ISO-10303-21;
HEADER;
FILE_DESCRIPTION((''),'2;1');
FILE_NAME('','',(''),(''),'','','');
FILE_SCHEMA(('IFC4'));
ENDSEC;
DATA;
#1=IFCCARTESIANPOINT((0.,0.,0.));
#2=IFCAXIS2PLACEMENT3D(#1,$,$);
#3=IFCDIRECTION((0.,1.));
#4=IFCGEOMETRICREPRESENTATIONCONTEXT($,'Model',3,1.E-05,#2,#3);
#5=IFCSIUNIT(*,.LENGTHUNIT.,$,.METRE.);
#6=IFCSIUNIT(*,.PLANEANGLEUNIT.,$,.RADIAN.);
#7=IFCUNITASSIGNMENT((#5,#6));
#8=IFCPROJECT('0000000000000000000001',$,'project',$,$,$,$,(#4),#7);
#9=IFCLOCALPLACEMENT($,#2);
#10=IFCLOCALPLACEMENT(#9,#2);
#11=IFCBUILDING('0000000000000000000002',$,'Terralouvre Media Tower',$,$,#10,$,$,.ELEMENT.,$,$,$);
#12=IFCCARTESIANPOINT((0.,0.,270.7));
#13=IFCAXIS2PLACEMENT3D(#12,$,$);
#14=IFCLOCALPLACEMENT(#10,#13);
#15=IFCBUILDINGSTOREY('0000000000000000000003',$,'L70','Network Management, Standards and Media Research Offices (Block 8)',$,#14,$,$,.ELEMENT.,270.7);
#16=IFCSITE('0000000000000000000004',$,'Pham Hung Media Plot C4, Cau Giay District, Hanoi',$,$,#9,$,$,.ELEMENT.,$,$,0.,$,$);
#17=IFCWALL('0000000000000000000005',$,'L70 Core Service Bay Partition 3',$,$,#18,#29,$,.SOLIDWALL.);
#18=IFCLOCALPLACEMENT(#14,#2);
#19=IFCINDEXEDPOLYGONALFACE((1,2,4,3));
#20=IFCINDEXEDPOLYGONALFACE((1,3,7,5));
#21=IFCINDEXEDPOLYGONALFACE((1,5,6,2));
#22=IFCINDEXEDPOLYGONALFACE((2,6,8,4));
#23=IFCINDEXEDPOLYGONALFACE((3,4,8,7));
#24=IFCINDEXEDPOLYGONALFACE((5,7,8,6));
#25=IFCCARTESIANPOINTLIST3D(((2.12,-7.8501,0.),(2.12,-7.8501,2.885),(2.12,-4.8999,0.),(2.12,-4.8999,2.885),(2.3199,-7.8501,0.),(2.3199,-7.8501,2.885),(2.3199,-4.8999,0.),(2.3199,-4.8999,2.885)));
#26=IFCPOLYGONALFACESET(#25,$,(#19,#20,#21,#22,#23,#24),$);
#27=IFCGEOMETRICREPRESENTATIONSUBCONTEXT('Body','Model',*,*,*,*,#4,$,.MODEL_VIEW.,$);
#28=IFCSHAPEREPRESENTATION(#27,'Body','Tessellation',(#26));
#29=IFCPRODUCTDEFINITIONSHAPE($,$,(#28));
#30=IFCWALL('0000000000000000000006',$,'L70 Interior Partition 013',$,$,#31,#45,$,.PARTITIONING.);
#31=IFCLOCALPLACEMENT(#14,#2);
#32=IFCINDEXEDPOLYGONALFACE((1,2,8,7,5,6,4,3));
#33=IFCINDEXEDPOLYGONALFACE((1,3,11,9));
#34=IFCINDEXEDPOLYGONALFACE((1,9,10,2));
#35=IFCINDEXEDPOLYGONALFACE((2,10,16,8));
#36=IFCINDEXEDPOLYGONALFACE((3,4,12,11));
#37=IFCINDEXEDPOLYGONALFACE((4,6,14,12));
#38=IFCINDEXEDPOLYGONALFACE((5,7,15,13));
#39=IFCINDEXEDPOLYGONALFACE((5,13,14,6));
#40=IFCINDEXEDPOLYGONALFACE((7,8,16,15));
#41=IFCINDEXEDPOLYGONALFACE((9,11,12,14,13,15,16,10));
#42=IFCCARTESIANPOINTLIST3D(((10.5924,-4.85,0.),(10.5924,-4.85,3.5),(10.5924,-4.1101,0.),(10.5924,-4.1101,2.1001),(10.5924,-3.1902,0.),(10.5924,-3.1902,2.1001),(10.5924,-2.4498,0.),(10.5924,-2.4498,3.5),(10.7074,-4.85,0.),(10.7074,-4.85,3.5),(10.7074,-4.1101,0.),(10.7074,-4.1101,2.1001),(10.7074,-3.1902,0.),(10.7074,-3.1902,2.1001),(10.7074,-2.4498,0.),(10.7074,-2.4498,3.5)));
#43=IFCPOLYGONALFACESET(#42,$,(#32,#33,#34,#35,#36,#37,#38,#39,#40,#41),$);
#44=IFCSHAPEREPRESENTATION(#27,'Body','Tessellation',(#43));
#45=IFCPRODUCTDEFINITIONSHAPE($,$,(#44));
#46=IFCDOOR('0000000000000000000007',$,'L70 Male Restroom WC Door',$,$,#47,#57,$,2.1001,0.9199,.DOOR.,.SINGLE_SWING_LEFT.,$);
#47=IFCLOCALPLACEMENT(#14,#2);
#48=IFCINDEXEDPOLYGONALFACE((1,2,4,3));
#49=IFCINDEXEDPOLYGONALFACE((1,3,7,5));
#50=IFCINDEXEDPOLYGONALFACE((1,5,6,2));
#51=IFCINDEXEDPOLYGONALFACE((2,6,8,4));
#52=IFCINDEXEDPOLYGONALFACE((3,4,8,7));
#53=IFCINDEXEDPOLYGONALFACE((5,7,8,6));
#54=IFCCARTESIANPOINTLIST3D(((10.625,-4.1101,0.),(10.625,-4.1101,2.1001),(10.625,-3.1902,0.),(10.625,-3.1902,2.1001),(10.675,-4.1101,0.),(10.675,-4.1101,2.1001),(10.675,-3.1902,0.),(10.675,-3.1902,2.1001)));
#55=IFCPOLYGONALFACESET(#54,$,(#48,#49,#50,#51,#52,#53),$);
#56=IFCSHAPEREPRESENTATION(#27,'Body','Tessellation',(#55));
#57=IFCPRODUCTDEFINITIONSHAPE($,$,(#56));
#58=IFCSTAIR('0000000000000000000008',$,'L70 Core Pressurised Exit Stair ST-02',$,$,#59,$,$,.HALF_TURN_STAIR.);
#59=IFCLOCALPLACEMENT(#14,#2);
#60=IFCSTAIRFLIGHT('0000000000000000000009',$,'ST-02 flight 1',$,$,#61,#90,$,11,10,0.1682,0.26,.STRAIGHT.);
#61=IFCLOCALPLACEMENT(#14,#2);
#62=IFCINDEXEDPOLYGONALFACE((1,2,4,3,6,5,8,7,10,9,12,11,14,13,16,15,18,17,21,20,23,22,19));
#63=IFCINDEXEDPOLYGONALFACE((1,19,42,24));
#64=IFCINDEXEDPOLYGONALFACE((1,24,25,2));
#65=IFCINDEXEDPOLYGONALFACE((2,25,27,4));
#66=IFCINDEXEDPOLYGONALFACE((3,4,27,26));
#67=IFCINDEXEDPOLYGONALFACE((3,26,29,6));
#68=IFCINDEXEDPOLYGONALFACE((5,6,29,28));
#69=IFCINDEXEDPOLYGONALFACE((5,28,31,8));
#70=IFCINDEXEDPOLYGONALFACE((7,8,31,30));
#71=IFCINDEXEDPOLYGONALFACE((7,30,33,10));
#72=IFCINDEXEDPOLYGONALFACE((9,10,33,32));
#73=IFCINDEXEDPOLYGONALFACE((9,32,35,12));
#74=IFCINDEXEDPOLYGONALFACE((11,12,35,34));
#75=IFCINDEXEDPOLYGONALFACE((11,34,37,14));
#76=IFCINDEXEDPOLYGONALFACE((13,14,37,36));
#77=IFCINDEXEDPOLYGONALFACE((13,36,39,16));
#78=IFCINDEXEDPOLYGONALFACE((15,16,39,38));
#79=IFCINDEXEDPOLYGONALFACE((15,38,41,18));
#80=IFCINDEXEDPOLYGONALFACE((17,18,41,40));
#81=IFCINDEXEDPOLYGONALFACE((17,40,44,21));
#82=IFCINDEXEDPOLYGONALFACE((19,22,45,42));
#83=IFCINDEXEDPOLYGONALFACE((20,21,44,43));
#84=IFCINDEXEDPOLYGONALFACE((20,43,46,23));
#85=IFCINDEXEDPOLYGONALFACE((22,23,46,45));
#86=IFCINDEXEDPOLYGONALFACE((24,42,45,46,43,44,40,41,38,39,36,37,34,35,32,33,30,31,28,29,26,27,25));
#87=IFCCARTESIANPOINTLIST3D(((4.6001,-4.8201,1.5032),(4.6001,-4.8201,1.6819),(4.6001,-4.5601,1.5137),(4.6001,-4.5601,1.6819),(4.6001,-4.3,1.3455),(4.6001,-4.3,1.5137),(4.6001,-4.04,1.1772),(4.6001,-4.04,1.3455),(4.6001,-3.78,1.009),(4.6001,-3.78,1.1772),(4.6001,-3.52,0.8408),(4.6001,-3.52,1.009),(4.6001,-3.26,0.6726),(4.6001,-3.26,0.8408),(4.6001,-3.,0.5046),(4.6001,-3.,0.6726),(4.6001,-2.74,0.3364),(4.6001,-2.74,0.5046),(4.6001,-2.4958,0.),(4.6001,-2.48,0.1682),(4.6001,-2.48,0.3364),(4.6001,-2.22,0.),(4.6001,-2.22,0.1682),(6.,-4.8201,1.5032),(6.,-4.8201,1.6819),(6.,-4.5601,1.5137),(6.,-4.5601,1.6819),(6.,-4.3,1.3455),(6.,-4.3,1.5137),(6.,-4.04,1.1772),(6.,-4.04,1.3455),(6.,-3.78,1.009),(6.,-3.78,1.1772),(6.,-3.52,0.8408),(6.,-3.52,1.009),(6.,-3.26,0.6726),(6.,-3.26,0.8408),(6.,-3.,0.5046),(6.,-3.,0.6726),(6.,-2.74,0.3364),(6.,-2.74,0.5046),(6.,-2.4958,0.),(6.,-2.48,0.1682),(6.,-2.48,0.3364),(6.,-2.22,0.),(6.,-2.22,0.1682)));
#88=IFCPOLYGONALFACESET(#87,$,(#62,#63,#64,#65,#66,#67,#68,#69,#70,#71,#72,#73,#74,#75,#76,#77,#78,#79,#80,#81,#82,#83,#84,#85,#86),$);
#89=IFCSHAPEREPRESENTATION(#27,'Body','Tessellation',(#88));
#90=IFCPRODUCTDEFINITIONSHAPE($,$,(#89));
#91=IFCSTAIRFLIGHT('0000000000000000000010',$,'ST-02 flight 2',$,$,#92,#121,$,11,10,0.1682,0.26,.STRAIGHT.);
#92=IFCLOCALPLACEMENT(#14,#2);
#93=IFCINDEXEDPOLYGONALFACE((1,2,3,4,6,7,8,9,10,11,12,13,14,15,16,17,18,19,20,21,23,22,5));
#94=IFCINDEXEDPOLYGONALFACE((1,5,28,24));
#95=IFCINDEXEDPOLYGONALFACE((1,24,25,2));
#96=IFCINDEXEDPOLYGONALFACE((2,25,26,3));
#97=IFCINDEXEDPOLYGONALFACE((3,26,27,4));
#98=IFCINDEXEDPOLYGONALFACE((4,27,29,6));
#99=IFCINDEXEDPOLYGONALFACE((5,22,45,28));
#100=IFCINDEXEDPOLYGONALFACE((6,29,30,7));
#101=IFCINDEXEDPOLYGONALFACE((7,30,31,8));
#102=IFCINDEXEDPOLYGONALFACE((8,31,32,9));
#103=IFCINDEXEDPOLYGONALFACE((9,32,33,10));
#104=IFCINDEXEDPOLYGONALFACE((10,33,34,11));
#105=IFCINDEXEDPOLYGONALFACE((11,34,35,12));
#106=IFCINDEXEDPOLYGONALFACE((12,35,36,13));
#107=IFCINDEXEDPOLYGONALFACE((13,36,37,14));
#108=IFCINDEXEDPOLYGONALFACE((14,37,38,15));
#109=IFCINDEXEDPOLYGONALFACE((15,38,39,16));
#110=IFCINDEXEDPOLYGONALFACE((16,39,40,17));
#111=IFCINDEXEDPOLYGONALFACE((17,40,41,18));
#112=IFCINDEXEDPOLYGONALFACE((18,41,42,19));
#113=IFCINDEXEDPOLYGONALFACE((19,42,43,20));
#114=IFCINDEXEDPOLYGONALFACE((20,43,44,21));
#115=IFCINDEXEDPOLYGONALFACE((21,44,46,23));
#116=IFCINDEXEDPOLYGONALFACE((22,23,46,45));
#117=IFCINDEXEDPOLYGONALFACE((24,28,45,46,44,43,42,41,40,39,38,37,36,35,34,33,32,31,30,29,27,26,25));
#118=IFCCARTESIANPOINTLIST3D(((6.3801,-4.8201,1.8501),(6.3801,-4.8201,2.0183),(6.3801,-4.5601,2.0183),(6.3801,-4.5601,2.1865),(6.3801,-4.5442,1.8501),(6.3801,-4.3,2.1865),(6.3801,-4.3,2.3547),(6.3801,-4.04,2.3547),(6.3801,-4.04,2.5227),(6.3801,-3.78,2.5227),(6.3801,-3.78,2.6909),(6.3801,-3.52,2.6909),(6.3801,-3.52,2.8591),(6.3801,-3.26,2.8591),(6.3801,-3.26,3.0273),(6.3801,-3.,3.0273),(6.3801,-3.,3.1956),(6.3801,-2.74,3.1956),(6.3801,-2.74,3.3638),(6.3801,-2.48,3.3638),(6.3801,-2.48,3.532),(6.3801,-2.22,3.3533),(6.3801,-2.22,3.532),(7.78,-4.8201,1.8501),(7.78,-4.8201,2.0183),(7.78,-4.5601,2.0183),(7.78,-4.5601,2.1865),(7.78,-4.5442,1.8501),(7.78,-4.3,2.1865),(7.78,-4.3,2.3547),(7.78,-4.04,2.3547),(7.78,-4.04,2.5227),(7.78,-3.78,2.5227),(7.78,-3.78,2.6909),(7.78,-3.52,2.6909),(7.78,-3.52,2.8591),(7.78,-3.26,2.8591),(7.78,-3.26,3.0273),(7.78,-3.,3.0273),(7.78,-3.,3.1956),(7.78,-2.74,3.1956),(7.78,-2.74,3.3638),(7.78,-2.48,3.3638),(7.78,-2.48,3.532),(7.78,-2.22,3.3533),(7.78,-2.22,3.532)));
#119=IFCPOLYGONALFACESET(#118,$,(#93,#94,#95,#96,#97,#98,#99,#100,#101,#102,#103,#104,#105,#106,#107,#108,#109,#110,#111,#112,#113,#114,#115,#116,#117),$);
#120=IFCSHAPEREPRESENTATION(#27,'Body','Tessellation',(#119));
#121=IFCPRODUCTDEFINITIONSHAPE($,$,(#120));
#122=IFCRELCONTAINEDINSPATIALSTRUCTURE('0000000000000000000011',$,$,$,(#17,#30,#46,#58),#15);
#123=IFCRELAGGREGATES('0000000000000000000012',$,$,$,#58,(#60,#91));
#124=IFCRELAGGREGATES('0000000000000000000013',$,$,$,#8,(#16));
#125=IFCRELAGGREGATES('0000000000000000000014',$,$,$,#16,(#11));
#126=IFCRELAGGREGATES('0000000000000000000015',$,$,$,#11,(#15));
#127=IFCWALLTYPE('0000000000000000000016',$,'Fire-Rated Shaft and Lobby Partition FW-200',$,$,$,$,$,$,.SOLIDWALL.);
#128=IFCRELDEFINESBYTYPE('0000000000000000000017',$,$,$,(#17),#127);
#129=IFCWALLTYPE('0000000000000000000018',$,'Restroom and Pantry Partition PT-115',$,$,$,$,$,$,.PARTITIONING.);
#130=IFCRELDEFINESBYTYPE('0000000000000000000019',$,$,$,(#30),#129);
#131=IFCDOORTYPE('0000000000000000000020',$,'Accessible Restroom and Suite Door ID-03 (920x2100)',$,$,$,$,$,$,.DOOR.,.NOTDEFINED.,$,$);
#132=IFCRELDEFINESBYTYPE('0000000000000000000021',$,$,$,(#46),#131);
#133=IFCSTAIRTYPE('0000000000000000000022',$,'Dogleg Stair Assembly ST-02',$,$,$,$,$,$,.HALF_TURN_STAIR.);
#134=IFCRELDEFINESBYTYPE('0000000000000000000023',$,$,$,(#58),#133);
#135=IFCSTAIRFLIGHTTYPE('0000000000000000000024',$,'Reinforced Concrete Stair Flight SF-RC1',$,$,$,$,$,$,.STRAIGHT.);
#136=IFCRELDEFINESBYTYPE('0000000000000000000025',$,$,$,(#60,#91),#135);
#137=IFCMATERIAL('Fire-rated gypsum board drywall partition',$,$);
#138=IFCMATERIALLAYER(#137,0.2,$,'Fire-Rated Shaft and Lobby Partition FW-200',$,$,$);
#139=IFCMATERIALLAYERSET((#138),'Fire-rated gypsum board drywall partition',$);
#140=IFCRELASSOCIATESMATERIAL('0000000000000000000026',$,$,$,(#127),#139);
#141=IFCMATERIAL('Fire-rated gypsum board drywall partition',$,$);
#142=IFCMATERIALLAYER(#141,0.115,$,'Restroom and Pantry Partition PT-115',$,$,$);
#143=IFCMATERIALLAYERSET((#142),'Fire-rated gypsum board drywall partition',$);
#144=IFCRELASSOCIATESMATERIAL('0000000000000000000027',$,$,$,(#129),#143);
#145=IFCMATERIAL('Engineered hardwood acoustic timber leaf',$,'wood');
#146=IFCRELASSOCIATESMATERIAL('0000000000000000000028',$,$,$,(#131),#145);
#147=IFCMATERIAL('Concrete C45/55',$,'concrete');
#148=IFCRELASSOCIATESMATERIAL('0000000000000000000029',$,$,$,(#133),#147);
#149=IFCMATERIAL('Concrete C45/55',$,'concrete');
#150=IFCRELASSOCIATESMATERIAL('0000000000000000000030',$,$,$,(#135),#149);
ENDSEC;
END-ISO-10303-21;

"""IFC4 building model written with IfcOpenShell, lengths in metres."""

from ifc_helpers import new_model, si_unit, direction, frame, frame_2d, origin, place, context, subcontext, project, spatial, polyline, rectangle, outline, extrude, material, layer, layer_set, type_object, element, fill, aggregate, save


model = new_model("IFC4")

# Units and contexts
model_context = context("Model", 3, precision=1e-05, world=origin(), true_north=direction((0.0, 1.0)))
body_context = subcontext(model_context, "Body", "Model", "MODEL_VIEW")
ifc_project = project(units=[si_unit("LENGTHUNIT", "METRE"), si_unit("PLANEANGLEUNIT", "RADIAN")], contexts=[model_context])

# Site, building, storey
site_placement = place(None, origin())
site = spatial("IfcSite", under=ifc_project, at=site_placement, Name="Pham Hung Media Plot C4, Cau Giay District, Hanoi", CompositionType="ELEMENT", RefElevation=0.0)
building_placement = place(site_placement, origin())
building = spatial("IfcBuilding", under=site, at=building_placement, Name="Terralouvre Media Tower", CompositionType="ELEMENT")
storey_placement = place(building_placement, frame((0.0, 0.0, 270.7)))
storey = spatial("IfcBuildingStorey", under=building, at=storey_placement, Name="L70", Description="Network Management, Standards and Media Research Offices (Block 8)", CompositionType="ELEMENT", Elevation=270.7)

# Wall
ifc_material_1 = material(Name="Fire-rated gypsum board drywall partition")
ifc_layer_1 = layer(ifc_material_1, 0.2, Name="Fire-Rated Shaft and Lobby Partition FW-200")
ifc_layer_set_1 = layer_set([ifc_layer_1], Name="Fire-rated gypsum board drywall partition")
wall_type_1 = type_object("IfcWallType", Name="Fire-Rated Shaft and Lobby Partition FW-200", PredefinedType="SOLIDWALL", material=ifc_layer_set_1)
for number, where, z_axis, x_axis, name in (
    (1, (2.22, -7.8501, 0.0), (0.0, 0.0, 1.0), (0.0, 1.0, 0.0), "L70 Core Service Bay Partition 3"),
):
    element("IfcWall", number, at=place(storey_placement, frame(where, z_axis=z_axis, x_axis=x_axis)), inside=storey, type_object=wall_type_1, Name=name, PredefinedType="SOLIDWALL", context=body_context, shape_type="SweptSolid", body=[
        extrude(rectangle(XDim=2.9502, YDim=0.2, at=frame_2d((1.4751, 0.0))), origin(), (0.0, 0.0, 1.0), 2.885),
    ])

# Wall, opening, door
ifc_material_2 = material(Name="Fire-rated gypsum board drywall partition")
ifc_layer_2 = layer(ifc_material_2, 0.115, Name="Restroom and Pantry Partition PT-115")
ifc_layer_set_2 = layer_set([ifc_layer_2], Name="Fire-rated gypsum board drywall partition")
wall_type_2 = type_object("IfcWallType", Name="Restroom and Pantry Partition PT-115", PredefinedType="PARTITIONING", material=ifc_layer_set_2)
wall_1_placement = place(storey_placement, frame((10.6499, -4.8501, 0.0), z_axis=(0.0, 0.0, 1.0), x_axis=(0.0, 1.0, 0.0)))
wall_1 = element("IfcWall", 2, at=wall_1_placement, inside=storey, type_object=wall_type_2, Name="L70 Interior Partition 013", PredefinedType="PARTITIONING", context=body_context, shape_type="SweptSolid", body=[
    extrude(rectangle(XDim=2.4001, YDim=0.115, at=frame_2d((1.2002, 0.0))), origin(), (0.0, 0.0, 1.0), 3.5),
])
opening_1_placement = place(wall_1_placement, frame((0.74, 0.0, 0.0)))
opening_1 = element("IfcOpeningElement", 3, at=opening_1_placement, cuts=wall_1, PredefinedType="OPENING", context=body_context, shape_type="SweptSolid", body=[
    extrude(rectangle(XDim=0.9199, YDim=2.1001, at=frame_2d((0.46, 1.05))), frame((0.0, 0.0674, 0.0), z_axis=(0.0, -1.0, 0.0), x_axis=(1.0, 0.0, 0.0)), (0.0, 0.0, 1.0), 0.135),
])
ifc_material_3 = material(Name="Engineered hardwood acoustic timber leaf", Category="wood")
door_type_1 = type_object("IfcDoorType", Name="Accessible Restroom and Suite Door ID-03 (920x2100)", OperationType="NOTDEFINED", PredefinedType="DOOR", material=ifc_material_3)
door_1_placement = place(opening_1_placement, origin())
door_1 = element("IfcDoor", 4, at=door_1_placement, inside=storey, type_object=door_type_1, Name="L70 Male Restroom WC Door", OperationType="SINGLE_SWING_LEFT", OverallHeight=2.1001, OverallWidth=0.9199, PredefinedType="DOOR", context=body_context, shape_type="SweptSolid", body=[
    extrude(rectangle(XDim=0.9199, YDim=2.1001, at=frame_2d((0.46, 1.05))), frame((0.0, 0.0249, 0.0), z_axis=(0.0, -1.0, 0.0), x_axis=(1.0, 0.0, 0.0)), (0.0, 0.0, 1.0), 0.05),
])
fill(opening_1, door_1)

# Stair, stair flights
ifc_material_4 = material(Name="Concrete C45/55", Category="concrete")
stair_type = type_object("IfcStairType", Name="Dogleg Stair Assembly ST-02", PredefinedType="HALF_TURN_STAIR", material=ifc_material_4)
stair_placement = place(storey_placement, origin())
stair = element("IfcStair", 5, at=stair_placement, inside=storey, type_object=stair_type, Name="L70 Core Pressurised Exit Stair ST-02", PredefinedType="HALF_TURN_STAIR")
ifc_material_5 = material(Name="Concrete C45/55", Category="concrete")
stair_flight_type = type_object("IfcStairFlightType", Name="Reinforced Concrete Stair Flight SF-RC1", PredefinedType="STRAIGHT", material=ifc_material_5)
stair_flight_1_placement = place(storey_placement, frame((5.3, -2.22, 0.0), z_axis=(0.0, 0.0, 1.0), x_axis=(0.0, -1.0, 0.0)))
stair_flight_1 = element("IfcStairFlight", 6, at=stair_flight_1_placement, type_object=stair_flight_type, Name="ST-02 flight 1", NumberOfRisers=11, NumberOfTreads=10, PredefinedType="STRAIGHT", RiserHeight=0.1682, TreadLength=0.26, context=body_context, shape_type="SweptSolid", body=[
    extrude(outline(polyline([(0.0, 0.0), (0.0, 0.1682), (0.26, 0.1682), (0.26, 0.3364), (0.52, 0.3364), (0.52, 0.5046), (0.78, 0.5046), (0.78, 0.6726), (1.04, 0.6726), (1.04, 0.8408), (1.3, 0.8408), (1.3, 1.009), (1.5601, 1.009), (1.5601, 1.1772), (1.8201, 1.1772), (1.8201, 1.3455), (2.0801, 1.3455), (2.0801, 1.5137), (2.3401, 1.5137), (2.3401, 1.6819), (2.6001, 1.6819), (2.6001, 1.8501), (2.6001, 1.5032), (0.2759, 0.0), (0.0, 0.0)])), frame((0.0, 0.7, 0.0), z_axis=(0.0, -1.0, 0.0), x_axis=(1.0, 0.0, 0.0)), (0.0, 0.0, 1.0), 1.3999),
])
stair_flight_2_placement = place(storey_placement, frame((7.0801, -4.8201, 1.8501), z_axis=(0.0, 0.0, 1.0), x_axis=(0.0, 1.0, 0.0)))
stair_flight_2 = element("IfcStairFlight", 7, at=stair_flight_2_placement, type_object=stair_flight_type, Name="ST-02 flight 2", NumberOfRisers=11, NumberOfTreads=10, PredefinedType="STRAIGHT", RiserHeight=0.1682, TreadLength=0.26, context=body_context, shape_type="SweptSolid", body=[
    extrude(outline(polyline([(0.0, 0.0), (0.0, 0.1682), (0.26, 0.1682), (0.26, 0.3364), (0.52, 0.3364), (0.52, 0.5046), (0.78, 0.5046), (0.78, 0.6726), (1.04, 0.6726), (1.04, 0.8408), (1.3, 0.8408), (1.3, 1.009), (1.5601, 1.009), (1.5601, 1.1772), (1.8201, 1.1772), (1.8201, 1.3455), (2.0801, 1.3455), (2.0801, 1.5137), (2.3401, 1.5137), (2.3401, 1.6819), (2.6001, 1.6819), (2.6001, 1.8501), (2.6001, 1.5032), (0.2759, 0.0), (0.0, 0.0)])), frame((0.0, 0.7, 0.0), z_axis=(0.0, -1.0, 0.0), x_axis=(1.0, 0.0, 0.0)), (0.0, 0.0, 1.0), 1.3999),
])
aggregate(stair, [stair_flight_1, stair_flight_2])

save(model, "model.ifc")
